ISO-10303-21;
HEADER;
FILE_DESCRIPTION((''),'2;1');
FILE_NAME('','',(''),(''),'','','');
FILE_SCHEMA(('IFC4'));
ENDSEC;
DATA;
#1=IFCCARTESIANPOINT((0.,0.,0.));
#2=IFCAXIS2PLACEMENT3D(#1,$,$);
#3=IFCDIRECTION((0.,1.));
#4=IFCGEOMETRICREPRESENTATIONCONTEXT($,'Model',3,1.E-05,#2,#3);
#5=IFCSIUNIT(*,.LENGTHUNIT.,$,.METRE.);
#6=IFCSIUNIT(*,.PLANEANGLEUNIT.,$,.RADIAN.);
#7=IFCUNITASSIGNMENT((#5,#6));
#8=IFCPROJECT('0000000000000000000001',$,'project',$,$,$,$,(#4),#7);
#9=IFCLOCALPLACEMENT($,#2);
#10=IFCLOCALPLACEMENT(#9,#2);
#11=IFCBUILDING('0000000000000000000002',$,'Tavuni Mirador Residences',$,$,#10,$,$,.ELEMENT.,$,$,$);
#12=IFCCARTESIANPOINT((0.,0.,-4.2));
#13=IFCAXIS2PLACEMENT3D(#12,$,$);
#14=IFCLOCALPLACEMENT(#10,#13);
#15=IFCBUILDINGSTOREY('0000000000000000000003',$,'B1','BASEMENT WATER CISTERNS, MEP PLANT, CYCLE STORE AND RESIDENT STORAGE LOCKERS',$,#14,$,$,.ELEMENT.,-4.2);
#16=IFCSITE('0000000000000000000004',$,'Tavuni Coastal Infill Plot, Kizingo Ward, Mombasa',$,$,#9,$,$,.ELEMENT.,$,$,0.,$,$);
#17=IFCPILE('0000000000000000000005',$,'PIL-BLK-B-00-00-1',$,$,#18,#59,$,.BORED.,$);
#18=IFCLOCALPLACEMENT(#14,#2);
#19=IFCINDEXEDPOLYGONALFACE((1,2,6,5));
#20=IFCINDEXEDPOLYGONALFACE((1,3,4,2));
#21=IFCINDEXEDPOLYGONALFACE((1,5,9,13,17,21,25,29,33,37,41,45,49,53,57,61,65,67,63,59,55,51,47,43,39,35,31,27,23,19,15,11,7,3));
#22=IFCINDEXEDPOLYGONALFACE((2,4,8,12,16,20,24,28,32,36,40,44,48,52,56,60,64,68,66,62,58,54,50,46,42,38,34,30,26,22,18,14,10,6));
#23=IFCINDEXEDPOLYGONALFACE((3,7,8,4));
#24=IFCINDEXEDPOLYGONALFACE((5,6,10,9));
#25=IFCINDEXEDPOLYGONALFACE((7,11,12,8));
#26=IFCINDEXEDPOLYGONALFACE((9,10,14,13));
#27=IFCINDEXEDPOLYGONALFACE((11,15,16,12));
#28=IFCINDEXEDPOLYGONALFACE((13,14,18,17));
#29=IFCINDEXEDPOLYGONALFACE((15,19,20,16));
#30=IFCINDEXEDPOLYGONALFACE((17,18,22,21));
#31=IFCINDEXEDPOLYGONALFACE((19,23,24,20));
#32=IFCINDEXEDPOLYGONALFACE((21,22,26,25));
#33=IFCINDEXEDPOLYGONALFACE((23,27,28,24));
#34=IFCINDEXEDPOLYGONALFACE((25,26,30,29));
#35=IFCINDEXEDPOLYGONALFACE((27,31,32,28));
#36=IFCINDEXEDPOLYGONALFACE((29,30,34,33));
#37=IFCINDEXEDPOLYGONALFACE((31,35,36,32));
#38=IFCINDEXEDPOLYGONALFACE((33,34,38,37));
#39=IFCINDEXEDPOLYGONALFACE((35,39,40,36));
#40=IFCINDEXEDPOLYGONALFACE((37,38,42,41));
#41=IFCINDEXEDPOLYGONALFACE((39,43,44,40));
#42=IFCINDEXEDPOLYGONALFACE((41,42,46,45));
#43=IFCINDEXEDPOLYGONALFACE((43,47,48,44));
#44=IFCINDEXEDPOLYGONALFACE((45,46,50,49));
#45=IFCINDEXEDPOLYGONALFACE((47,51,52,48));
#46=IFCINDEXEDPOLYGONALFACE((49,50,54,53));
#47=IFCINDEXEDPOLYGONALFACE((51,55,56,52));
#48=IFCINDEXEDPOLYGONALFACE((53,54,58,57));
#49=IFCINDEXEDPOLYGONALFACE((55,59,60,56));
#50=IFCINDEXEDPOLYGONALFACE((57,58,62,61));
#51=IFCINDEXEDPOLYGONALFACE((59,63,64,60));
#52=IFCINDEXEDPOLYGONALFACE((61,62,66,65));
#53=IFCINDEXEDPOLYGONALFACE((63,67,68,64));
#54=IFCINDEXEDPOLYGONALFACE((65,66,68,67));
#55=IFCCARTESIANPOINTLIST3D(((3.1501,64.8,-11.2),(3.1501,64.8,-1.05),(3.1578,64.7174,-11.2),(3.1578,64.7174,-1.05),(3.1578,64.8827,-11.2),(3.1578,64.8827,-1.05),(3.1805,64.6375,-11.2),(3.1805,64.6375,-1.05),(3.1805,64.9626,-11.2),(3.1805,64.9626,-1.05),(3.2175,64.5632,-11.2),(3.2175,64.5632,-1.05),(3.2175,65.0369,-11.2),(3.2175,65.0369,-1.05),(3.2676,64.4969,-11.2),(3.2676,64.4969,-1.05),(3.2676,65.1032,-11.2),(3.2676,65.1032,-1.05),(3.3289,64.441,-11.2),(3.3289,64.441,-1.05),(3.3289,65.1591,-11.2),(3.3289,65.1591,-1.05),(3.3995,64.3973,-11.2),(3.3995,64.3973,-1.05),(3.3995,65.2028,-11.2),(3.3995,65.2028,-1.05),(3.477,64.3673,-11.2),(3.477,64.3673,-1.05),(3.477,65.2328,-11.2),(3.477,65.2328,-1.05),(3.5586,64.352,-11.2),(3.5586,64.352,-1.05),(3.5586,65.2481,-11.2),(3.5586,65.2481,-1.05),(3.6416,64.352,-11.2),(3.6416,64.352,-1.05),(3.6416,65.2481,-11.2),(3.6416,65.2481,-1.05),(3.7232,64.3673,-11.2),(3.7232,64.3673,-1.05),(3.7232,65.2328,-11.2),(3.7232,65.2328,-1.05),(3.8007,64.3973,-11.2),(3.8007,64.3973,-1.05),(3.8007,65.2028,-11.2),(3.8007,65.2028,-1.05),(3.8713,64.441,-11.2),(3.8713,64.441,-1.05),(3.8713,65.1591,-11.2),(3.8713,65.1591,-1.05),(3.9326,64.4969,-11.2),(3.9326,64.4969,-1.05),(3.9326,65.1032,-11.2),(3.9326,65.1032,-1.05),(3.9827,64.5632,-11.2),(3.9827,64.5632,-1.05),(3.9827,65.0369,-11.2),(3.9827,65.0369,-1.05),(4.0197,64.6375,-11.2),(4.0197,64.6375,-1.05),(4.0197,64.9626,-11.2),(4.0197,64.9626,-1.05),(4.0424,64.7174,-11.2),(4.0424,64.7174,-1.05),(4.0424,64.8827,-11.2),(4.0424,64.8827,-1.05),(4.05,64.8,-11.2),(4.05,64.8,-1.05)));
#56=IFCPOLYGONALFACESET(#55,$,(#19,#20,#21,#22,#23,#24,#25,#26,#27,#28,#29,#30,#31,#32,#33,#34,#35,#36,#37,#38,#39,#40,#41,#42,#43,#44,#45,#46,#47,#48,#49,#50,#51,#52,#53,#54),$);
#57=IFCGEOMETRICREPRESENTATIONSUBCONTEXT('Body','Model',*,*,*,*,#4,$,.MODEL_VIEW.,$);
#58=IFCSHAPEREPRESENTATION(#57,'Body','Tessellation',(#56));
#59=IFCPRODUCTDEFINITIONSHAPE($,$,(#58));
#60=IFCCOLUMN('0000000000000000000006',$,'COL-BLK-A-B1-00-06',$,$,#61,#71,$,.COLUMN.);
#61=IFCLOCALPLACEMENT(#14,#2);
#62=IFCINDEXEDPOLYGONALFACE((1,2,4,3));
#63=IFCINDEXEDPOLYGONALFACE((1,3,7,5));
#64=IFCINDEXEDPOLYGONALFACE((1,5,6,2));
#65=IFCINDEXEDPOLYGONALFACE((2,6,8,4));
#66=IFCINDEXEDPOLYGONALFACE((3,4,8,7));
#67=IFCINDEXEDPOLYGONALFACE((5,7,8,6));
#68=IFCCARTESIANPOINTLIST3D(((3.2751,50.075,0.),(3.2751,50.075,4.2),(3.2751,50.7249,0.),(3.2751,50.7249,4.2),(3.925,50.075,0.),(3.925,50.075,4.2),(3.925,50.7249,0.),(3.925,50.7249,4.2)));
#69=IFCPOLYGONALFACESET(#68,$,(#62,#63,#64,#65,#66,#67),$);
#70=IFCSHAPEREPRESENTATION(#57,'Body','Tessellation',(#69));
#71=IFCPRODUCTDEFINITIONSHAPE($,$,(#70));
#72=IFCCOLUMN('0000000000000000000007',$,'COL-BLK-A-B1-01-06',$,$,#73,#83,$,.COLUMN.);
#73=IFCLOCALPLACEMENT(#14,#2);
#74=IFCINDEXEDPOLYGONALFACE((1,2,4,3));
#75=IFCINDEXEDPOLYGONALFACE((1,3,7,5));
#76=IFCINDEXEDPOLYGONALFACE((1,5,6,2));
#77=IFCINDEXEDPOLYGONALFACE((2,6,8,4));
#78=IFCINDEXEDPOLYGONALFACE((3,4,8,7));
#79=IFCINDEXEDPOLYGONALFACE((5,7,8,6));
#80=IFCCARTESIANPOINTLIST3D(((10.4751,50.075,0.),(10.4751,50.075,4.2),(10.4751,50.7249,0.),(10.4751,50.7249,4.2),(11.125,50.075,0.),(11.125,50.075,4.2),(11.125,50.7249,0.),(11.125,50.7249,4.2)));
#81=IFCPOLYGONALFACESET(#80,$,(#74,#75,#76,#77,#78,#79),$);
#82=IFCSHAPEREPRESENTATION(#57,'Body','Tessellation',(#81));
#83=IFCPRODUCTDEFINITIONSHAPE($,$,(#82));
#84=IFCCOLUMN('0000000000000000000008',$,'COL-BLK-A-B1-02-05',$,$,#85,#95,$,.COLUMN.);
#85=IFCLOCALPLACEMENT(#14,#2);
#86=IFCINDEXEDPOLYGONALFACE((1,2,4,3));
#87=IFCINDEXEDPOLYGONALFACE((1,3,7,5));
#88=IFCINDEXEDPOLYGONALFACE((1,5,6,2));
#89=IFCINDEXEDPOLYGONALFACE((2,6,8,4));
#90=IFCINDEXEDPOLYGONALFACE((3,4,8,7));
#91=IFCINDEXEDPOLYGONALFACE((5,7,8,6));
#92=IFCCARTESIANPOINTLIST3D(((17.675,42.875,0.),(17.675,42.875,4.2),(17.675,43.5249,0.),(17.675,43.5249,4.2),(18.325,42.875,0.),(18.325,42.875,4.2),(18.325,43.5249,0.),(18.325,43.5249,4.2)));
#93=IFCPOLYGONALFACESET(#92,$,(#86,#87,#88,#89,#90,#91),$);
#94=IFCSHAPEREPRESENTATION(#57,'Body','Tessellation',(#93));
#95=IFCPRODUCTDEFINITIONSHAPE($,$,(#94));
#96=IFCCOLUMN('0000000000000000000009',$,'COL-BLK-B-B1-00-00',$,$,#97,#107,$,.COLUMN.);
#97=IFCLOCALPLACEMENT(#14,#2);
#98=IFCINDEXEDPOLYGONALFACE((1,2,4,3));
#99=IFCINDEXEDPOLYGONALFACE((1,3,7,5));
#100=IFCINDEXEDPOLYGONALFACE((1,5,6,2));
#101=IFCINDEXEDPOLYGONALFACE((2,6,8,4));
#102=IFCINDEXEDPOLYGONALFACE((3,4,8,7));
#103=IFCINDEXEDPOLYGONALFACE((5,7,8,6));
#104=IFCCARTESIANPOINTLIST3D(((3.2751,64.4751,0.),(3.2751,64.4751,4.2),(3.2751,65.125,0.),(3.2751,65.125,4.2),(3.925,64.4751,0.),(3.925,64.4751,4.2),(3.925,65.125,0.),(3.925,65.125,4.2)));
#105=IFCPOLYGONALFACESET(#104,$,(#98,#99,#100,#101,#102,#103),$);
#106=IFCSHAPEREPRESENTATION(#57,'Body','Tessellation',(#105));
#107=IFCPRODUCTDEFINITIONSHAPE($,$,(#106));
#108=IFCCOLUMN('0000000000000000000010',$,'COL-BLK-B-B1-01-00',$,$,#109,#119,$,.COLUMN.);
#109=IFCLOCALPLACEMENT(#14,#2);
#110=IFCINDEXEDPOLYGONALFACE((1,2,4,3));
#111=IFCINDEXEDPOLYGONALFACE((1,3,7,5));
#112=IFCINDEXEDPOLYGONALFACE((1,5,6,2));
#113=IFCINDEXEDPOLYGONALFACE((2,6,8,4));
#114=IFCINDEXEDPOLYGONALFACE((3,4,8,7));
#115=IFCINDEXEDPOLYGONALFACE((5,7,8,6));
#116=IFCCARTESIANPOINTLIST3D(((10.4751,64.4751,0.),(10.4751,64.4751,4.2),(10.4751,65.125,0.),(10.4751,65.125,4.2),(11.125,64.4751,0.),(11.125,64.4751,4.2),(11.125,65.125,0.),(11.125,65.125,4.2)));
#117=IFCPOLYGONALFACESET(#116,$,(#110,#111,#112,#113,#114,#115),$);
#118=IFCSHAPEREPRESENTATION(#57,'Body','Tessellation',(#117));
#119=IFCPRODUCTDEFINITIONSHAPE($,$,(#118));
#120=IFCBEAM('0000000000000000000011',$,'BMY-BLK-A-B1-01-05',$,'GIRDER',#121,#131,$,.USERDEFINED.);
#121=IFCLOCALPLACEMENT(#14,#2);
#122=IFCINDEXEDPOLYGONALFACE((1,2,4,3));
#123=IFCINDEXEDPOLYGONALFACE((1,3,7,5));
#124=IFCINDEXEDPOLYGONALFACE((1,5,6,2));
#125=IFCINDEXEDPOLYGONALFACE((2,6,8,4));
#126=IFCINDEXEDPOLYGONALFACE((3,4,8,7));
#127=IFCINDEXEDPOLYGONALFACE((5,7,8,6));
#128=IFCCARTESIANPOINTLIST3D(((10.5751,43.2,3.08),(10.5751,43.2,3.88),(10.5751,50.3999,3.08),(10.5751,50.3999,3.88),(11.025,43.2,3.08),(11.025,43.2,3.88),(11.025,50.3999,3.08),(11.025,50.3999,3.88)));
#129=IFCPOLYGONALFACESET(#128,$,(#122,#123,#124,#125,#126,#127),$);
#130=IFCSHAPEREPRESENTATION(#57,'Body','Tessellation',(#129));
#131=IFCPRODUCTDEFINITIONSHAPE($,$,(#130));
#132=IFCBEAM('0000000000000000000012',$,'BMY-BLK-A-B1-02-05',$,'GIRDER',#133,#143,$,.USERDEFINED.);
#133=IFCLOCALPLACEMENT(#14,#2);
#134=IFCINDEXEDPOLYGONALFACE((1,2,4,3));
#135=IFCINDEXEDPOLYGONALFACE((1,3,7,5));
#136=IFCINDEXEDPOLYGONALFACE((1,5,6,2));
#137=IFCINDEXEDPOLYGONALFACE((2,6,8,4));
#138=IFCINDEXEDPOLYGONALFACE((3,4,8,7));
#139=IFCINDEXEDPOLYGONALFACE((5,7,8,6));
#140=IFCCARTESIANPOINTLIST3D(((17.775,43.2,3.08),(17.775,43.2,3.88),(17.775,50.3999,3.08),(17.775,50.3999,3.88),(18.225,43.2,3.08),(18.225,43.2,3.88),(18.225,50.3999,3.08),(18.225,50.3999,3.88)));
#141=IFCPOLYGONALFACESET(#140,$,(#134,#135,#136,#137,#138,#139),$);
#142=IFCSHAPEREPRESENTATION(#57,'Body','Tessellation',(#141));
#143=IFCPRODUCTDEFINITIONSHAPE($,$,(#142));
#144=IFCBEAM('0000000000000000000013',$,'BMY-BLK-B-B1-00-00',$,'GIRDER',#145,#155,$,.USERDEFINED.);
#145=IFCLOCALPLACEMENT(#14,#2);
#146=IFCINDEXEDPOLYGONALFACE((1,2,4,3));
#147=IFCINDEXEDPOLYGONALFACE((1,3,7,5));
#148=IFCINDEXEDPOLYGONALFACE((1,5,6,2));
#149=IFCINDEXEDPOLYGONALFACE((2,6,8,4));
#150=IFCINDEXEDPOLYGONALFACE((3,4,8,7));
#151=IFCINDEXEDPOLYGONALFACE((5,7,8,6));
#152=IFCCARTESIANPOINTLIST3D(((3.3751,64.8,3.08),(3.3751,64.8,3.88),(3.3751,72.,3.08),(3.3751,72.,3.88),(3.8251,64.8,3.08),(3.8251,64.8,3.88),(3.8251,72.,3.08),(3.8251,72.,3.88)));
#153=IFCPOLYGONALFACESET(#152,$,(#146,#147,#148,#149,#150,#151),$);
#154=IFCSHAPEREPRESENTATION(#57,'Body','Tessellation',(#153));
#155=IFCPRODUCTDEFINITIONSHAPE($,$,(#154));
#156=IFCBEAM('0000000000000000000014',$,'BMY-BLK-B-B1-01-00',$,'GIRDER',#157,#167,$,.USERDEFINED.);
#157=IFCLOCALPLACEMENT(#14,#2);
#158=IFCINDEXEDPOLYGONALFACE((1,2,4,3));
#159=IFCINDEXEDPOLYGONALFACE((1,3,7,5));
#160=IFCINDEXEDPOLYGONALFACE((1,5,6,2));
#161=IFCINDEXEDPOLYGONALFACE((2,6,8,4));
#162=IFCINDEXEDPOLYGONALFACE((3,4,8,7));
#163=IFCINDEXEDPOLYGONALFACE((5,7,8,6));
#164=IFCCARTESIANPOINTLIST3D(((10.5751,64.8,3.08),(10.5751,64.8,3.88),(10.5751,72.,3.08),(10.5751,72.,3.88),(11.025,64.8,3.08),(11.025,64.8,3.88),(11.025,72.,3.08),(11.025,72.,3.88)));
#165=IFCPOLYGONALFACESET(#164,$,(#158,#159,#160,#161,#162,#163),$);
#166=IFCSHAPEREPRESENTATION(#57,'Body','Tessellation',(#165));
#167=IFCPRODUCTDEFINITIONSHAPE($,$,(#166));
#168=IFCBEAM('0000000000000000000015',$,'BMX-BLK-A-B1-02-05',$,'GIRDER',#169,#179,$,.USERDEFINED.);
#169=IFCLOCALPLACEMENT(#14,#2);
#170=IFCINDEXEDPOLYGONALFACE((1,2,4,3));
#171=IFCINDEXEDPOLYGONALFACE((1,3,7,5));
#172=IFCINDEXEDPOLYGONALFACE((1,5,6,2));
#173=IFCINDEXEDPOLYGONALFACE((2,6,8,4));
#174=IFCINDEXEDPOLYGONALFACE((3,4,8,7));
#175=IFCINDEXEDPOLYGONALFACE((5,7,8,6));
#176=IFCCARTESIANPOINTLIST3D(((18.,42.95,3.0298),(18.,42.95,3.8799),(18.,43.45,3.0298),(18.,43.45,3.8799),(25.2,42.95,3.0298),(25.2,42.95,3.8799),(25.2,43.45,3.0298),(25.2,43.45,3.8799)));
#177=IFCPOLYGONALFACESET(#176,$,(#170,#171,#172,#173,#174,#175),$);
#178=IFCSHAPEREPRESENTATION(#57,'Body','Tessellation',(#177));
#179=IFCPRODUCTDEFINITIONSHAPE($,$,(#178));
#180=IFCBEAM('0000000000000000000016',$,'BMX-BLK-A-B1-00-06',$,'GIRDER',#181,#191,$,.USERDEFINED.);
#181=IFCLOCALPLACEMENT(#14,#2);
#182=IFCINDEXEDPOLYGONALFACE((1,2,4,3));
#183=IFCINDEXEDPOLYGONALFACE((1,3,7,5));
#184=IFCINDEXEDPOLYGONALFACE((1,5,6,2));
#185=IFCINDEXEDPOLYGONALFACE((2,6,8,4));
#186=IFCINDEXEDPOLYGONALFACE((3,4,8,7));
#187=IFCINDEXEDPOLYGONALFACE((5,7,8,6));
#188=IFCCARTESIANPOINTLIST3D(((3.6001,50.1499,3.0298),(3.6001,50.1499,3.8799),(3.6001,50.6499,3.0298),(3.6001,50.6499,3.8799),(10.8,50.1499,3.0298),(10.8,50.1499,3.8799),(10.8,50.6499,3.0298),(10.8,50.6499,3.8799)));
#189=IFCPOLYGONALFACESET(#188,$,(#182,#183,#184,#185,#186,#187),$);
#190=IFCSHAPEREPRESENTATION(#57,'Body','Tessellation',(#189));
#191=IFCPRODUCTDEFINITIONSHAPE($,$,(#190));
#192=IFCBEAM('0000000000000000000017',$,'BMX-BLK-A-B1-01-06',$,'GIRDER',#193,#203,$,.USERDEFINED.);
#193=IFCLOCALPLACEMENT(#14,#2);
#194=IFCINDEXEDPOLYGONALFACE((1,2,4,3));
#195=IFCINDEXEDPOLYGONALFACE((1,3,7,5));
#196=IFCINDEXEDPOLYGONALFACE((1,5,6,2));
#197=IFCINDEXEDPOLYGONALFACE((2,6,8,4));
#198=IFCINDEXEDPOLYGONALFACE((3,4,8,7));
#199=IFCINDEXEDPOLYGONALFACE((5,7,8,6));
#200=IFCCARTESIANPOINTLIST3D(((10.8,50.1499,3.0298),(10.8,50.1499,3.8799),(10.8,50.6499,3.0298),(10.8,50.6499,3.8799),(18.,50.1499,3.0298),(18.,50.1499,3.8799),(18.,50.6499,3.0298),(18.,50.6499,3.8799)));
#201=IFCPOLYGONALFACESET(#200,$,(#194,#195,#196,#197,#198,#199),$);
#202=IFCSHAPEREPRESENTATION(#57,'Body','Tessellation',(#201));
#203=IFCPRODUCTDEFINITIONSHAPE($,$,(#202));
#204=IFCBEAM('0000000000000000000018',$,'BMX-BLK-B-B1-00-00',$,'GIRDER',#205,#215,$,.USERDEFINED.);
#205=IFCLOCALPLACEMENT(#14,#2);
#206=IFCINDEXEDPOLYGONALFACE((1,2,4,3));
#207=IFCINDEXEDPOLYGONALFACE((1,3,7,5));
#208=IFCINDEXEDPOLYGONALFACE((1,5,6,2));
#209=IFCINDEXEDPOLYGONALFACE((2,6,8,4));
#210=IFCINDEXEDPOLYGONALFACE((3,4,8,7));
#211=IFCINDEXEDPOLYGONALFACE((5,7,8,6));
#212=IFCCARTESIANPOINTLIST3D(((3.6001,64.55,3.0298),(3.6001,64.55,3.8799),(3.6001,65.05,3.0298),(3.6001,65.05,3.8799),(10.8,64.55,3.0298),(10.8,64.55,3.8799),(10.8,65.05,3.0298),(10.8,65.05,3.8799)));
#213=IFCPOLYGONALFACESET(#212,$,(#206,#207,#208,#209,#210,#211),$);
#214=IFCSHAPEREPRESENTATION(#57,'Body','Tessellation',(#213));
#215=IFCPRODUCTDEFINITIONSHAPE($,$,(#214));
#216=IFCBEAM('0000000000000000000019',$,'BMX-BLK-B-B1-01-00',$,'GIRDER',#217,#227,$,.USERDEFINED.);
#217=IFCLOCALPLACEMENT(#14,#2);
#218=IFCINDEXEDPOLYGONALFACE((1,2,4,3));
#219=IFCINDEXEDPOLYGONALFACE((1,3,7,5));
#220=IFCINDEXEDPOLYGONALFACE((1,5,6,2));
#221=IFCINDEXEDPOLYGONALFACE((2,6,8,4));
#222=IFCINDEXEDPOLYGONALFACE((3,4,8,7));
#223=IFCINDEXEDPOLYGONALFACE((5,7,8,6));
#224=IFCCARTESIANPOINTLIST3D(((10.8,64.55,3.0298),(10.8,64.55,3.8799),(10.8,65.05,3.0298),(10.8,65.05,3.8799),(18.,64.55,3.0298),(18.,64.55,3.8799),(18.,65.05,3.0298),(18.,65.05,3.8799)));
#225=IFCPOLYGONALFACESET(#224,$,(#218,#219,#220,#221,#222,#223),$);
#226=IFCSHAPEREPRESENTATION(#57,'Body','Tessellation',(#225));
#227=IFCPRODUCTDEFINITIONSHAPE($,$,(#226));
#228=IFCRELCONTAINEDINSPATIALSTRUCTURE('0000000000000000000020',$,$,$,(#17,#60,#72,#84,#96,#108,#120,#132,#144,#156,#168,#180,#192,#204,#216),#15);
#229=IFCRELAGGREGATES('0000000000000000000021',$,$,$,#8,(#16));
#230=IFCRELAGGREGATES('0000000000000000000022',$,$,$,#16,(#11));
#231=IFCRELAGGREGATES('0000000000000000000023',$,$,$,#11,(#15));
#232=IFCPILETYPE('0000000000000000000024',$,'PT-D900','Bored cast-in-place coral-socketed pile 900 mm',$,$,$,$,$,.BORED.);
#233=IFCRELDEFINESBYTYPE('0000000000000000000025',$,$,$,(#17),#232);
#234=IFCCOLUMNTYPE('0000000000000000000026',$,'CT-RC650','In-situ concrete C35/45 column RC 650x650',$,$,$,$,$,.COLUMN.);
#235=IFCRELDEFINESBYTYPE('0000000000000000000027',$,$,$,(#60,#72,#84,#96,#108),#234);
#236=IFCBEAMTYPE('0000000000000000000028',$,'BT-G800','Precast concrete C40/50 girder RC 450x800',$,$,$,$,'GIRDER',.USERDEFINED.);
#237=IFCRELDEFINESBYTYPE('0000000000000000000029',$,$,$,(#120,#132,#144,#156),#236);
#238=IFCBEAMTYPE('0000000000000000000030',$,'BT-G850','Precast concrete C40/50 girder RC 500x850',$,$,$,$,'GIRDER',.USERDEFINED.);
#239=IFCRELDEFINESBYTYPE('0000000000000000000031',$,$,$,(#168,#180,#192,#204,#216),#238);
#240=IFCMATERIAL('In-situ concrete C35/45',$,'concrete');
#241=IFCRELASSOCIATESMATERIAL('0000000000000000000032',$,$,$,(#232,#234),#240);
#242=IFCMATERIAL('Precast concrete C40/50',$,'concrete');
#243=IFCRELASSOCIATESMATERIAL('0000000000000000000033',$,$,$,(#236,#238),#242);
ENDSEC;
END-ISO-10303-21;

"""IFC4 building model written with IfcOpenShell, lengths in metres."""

from ifc_helpers import new_model, si_unit, direction, frame, origin, origin_2d, place, context, subcontext, project, spatial, rectangle, circle, extrude, material, material_profile, profile_set, type_object, element, save


model = new_model("IFC4")

# Units and contexts
model_context = context("Model", 3, precision=1e-05, world=origin(), true_north=direction((0.0, 1.0)))
body_context = subcontext(model_context, "Body", "Model", "MODEL_VIEW")
ifc_project = project(units=[si_unit("LENGTHUNIT", "METRE"), si_unit("PLANEANGLEUNIT", "RADIAN")], contexts=[model_context])

# Site, building, storey
site_placement = place(None, origin())
site = spatial("IfcSite", under=ifc_project, at=site_placement, Name="Tavuni Coastal Infill Plot, Kizingo Ward, Mombasa", CompositionType="ELEMENT", RefElevation=0.0)
building_placement = place(site_placement, origin())
building = spatial("IfcBuilding", under=site, at=building_placement, Name="Tavuni Mirador Residences", CompositionType="ELEMENT")
storey_placement = place(building_placement, frame((0.0, 0.0, -4.2)))
storey = spatial("IfcBuildingStorey", under=building, at=storey_placement, Name="B1", Description="BASEMENT WATER CISTERNS, MEP PLANT, CYCLE STORE AND RESIDENT STORAGE LOCKERS", CompositionType="ELEMENT", Elevation=-4.2)

# Shared definitions
ifc_material_1 = material(Name="In-situ concrete C35/45", Category="concrete")

# Pile
ifc_material_profile_1 = material_profile(ifc_material_1, circle(Radius=0.45, at=origin_2d()), Name="PILE D900", Category="concrete")
ifc_profile_set_1 = profile_set([ifc_material_profile_1], Name="In-situ concrete C35/45")
pile_type_1 = type_object("IfcPileType", Name="PT-D900", Description="Bored cast-in-place coral-socketed pile 900 mm", PredefinedType="BORED", material=ifc_profile_set_1)
pile_1_placement = place(storey_placement, frame((3.6001, 64.8, -1.05), z_axis=(0.0, 0.0, -1.0), x_axis=(1.0, 0.0, 0.0)))
element("IfcPile", 1, at=pile_1_placement, inside=storey, type_object=pile_type_1, Name="PIL-BLK-B-00-00-1", PredefinedType="BORED", context=body_context, shape_type="SweptSolid", body=[
    extrude(circle(Radius=0.45, at=origin_2d()), origin(), (0.0, 0.0, 1.0), 10.1499),
])

# Columns
ifc_material_profile_2 = material_profile(ifc_material_1, rectangle(XDim=0.6499, YDim=0.6499, at=origin_2d()), Name="RC 650x650", Category="concrete")
ifc_profile_set_2 = profile_set([ifc_material_profile_2], Name="In-situ concrete C35/45")
column_type = type_object("IfcColumnType", Name="CT-RC650", Description="In-situ concrete C35/45 column RC 650x650", PredefinedType="COLUMN", material=ifc_profile_set_2)
for number, where, z_axis, x_axis, name in (
    (2, (3.6001, 50.3999, 0.0), (0.0, 0.0, 1.0), (1.0, 0.0, 0.0), "COL-BLK-A-B1-00-06"),
    (3, (10.8, 50.3999, 0.0), (0.0, 0.0, 1.0), (1.0, 0.0, 0.0), "COL-BLK-A-B1-01-06"),
    (4, (18.0, 43.2, 0.0), (0.0, 0.0, 1.0), (1.0, 0.0, 0.0), "COL-BLK-A-B1-02-05"),
    (5, (3.6001, 64.8, 0.0), (0.0, 0.0, 1.0), (1.0, 0.0, 0.0), "COL-BLK-B-B1-00-00"),
    (6, (10.8, 64.8, 0.0), (0.0, 0.0, 1.0), (1.0, 0.0, 0.0), "COL-BLK-B-B1-01-00"),
):
    element("IfcColumn", number, at=place(storey_placement, frame(where, z_axis=z_axis, x_axis=x_axis)), inside=storey, type_object=column_type, Name=name, PredefinedType="COLUMN", context=body_context, shape_type="SweptSolid", body=[
        extrude(rectangle(XDim=0.6499, YDim=0.6499, at=origin_2d()), origin(), (0.0, 0.0, 1.0), 4.2),
    ])

# Beams
ifc_material_2 = material(Name="Precast concrete C40/50", Category="concrete")
ifc_material_profile_3 = material_profile(ifc_material_2, rectangle(XDim=0.45, YDim=0.8, at=origin_2d()), Name="RC 450x800", Category="concrete")
ifc_profile_set_3 = profile_set([ifc_material_profile_3], Name="Precast concrete C40/50")
beam_type_1 = type_object("IfcBeamType", Name="BT-G800", Description="Precast concrete C40/50 girder RC 450x800", ElementType="GIRDER", PredefinedType="USERDEFINED", material=ifc_profile_set_3)
for number, where, z_axis, x_axis, name in (
    (7, (10.8, 43.2, 3.48), (0.0, 1.0, 0.0), (-1.0, 0.0, 0.0), "BMY-BLK-A-B1-01-05"),
    (8, (18.0, 43.2, 3.48), (0.0, 1.0, 0.0), (-1.0, 0.0, 0.0), "BMY-BLK-A-B1-02-05"),
    (9, (3.6001, 64.8, 3.48), (0.0, 1.0, 0.0), (-1.0, 0.0, 0.0), "BMY-BLK-B-B1-00-00"),
    (10, (10.8, 64.8, 3.48), (0.0, 1.0, 0.0), (-1.0, 0.0, 0.0), "BMY-BLK-B-B1-01-00"),
):
    element("IfcBeam", number, at=place(storey_placement, frame(where, z_axis=z_axis, x_axis=x_axis)), inside=storey, type_object=beam_type_1, Name=name, ObjectType="GIRDER", PredefinedType="USERDEFINED", context=body_context, shape_type="SweptSolid", body=[
        extrude(rectangle(XDim=0.45, YDim=0.8, at=origin_2d()), origin(), (0.0, 0.0, 1.0), 7.2),
    ])
ifc_material_profile_4 = material_profile(ifc_material_2, rectangle(XDim=0.5, YDim=0.8501, at=origin_2d()), Name="RC 500x850", Category="concrete")
ifc_profile_set_4 = profile_set([ifc_material_profile_4], Name="Precast concrete C40/50")
beam_type_2 = type_object("IfcBeamType", Name="BT-G850", Description="Precast concrete C40/50 girder RC 500x850", ElementType="GIRDER", PredefinedType="USERDEFINED", material=ifc_profile_set_4)
for number, where, z_axis, x_axis, name in (
    (11, (18.0, 43.2, 3.4548), (1.0, 0.0, 0.0), (0.0, 1.0, 0.0), "BMX-BLK-A-B1-02-05"),
    (12, (3.6001, 50.3999, 3.4548), (1.0, 0.0, 0.0), (0.0, 1.0, 0.0), "BMX-BLK-A-B1-00-06"),
    (13, (10.8, 50.3999, 3.4548), (1.0, 0.0, 0.0), (0.0, 1.0, 0.0), "BMX-BLK-A-B1-01-06"),
    (14, (3.6001, 64.8, 3.4548), (1.0, 0.0, 0.0), (0.0, 1.0, 0.0), "BMX-BLK-B-B1-00-00"),
    (15, (10.8, 64.8, 3.4548), (1.0, 0.0, 0.0), (0.0, 1.0, 0.0), "BMX-BLK-B-B1-01-00"),
):
    element("IfcBeam", number, at=place(storey_placement, frame(where, z_axis=z_axis, x_axis=x_axis)), inside=storey, type_object=beam_type_2, Name=name, ObjectType="GIRDER", PredefinedType="USERDEFINED", context=body_context, shape_type="SweptSolid", body=[
        extrude(rectangle(XDim=0.5, YDim=0.8501, at=origin_2d()), origin(), (0.0, 0.0, 1.0), 7.2),
    ])

save(model, "model.ifc")
